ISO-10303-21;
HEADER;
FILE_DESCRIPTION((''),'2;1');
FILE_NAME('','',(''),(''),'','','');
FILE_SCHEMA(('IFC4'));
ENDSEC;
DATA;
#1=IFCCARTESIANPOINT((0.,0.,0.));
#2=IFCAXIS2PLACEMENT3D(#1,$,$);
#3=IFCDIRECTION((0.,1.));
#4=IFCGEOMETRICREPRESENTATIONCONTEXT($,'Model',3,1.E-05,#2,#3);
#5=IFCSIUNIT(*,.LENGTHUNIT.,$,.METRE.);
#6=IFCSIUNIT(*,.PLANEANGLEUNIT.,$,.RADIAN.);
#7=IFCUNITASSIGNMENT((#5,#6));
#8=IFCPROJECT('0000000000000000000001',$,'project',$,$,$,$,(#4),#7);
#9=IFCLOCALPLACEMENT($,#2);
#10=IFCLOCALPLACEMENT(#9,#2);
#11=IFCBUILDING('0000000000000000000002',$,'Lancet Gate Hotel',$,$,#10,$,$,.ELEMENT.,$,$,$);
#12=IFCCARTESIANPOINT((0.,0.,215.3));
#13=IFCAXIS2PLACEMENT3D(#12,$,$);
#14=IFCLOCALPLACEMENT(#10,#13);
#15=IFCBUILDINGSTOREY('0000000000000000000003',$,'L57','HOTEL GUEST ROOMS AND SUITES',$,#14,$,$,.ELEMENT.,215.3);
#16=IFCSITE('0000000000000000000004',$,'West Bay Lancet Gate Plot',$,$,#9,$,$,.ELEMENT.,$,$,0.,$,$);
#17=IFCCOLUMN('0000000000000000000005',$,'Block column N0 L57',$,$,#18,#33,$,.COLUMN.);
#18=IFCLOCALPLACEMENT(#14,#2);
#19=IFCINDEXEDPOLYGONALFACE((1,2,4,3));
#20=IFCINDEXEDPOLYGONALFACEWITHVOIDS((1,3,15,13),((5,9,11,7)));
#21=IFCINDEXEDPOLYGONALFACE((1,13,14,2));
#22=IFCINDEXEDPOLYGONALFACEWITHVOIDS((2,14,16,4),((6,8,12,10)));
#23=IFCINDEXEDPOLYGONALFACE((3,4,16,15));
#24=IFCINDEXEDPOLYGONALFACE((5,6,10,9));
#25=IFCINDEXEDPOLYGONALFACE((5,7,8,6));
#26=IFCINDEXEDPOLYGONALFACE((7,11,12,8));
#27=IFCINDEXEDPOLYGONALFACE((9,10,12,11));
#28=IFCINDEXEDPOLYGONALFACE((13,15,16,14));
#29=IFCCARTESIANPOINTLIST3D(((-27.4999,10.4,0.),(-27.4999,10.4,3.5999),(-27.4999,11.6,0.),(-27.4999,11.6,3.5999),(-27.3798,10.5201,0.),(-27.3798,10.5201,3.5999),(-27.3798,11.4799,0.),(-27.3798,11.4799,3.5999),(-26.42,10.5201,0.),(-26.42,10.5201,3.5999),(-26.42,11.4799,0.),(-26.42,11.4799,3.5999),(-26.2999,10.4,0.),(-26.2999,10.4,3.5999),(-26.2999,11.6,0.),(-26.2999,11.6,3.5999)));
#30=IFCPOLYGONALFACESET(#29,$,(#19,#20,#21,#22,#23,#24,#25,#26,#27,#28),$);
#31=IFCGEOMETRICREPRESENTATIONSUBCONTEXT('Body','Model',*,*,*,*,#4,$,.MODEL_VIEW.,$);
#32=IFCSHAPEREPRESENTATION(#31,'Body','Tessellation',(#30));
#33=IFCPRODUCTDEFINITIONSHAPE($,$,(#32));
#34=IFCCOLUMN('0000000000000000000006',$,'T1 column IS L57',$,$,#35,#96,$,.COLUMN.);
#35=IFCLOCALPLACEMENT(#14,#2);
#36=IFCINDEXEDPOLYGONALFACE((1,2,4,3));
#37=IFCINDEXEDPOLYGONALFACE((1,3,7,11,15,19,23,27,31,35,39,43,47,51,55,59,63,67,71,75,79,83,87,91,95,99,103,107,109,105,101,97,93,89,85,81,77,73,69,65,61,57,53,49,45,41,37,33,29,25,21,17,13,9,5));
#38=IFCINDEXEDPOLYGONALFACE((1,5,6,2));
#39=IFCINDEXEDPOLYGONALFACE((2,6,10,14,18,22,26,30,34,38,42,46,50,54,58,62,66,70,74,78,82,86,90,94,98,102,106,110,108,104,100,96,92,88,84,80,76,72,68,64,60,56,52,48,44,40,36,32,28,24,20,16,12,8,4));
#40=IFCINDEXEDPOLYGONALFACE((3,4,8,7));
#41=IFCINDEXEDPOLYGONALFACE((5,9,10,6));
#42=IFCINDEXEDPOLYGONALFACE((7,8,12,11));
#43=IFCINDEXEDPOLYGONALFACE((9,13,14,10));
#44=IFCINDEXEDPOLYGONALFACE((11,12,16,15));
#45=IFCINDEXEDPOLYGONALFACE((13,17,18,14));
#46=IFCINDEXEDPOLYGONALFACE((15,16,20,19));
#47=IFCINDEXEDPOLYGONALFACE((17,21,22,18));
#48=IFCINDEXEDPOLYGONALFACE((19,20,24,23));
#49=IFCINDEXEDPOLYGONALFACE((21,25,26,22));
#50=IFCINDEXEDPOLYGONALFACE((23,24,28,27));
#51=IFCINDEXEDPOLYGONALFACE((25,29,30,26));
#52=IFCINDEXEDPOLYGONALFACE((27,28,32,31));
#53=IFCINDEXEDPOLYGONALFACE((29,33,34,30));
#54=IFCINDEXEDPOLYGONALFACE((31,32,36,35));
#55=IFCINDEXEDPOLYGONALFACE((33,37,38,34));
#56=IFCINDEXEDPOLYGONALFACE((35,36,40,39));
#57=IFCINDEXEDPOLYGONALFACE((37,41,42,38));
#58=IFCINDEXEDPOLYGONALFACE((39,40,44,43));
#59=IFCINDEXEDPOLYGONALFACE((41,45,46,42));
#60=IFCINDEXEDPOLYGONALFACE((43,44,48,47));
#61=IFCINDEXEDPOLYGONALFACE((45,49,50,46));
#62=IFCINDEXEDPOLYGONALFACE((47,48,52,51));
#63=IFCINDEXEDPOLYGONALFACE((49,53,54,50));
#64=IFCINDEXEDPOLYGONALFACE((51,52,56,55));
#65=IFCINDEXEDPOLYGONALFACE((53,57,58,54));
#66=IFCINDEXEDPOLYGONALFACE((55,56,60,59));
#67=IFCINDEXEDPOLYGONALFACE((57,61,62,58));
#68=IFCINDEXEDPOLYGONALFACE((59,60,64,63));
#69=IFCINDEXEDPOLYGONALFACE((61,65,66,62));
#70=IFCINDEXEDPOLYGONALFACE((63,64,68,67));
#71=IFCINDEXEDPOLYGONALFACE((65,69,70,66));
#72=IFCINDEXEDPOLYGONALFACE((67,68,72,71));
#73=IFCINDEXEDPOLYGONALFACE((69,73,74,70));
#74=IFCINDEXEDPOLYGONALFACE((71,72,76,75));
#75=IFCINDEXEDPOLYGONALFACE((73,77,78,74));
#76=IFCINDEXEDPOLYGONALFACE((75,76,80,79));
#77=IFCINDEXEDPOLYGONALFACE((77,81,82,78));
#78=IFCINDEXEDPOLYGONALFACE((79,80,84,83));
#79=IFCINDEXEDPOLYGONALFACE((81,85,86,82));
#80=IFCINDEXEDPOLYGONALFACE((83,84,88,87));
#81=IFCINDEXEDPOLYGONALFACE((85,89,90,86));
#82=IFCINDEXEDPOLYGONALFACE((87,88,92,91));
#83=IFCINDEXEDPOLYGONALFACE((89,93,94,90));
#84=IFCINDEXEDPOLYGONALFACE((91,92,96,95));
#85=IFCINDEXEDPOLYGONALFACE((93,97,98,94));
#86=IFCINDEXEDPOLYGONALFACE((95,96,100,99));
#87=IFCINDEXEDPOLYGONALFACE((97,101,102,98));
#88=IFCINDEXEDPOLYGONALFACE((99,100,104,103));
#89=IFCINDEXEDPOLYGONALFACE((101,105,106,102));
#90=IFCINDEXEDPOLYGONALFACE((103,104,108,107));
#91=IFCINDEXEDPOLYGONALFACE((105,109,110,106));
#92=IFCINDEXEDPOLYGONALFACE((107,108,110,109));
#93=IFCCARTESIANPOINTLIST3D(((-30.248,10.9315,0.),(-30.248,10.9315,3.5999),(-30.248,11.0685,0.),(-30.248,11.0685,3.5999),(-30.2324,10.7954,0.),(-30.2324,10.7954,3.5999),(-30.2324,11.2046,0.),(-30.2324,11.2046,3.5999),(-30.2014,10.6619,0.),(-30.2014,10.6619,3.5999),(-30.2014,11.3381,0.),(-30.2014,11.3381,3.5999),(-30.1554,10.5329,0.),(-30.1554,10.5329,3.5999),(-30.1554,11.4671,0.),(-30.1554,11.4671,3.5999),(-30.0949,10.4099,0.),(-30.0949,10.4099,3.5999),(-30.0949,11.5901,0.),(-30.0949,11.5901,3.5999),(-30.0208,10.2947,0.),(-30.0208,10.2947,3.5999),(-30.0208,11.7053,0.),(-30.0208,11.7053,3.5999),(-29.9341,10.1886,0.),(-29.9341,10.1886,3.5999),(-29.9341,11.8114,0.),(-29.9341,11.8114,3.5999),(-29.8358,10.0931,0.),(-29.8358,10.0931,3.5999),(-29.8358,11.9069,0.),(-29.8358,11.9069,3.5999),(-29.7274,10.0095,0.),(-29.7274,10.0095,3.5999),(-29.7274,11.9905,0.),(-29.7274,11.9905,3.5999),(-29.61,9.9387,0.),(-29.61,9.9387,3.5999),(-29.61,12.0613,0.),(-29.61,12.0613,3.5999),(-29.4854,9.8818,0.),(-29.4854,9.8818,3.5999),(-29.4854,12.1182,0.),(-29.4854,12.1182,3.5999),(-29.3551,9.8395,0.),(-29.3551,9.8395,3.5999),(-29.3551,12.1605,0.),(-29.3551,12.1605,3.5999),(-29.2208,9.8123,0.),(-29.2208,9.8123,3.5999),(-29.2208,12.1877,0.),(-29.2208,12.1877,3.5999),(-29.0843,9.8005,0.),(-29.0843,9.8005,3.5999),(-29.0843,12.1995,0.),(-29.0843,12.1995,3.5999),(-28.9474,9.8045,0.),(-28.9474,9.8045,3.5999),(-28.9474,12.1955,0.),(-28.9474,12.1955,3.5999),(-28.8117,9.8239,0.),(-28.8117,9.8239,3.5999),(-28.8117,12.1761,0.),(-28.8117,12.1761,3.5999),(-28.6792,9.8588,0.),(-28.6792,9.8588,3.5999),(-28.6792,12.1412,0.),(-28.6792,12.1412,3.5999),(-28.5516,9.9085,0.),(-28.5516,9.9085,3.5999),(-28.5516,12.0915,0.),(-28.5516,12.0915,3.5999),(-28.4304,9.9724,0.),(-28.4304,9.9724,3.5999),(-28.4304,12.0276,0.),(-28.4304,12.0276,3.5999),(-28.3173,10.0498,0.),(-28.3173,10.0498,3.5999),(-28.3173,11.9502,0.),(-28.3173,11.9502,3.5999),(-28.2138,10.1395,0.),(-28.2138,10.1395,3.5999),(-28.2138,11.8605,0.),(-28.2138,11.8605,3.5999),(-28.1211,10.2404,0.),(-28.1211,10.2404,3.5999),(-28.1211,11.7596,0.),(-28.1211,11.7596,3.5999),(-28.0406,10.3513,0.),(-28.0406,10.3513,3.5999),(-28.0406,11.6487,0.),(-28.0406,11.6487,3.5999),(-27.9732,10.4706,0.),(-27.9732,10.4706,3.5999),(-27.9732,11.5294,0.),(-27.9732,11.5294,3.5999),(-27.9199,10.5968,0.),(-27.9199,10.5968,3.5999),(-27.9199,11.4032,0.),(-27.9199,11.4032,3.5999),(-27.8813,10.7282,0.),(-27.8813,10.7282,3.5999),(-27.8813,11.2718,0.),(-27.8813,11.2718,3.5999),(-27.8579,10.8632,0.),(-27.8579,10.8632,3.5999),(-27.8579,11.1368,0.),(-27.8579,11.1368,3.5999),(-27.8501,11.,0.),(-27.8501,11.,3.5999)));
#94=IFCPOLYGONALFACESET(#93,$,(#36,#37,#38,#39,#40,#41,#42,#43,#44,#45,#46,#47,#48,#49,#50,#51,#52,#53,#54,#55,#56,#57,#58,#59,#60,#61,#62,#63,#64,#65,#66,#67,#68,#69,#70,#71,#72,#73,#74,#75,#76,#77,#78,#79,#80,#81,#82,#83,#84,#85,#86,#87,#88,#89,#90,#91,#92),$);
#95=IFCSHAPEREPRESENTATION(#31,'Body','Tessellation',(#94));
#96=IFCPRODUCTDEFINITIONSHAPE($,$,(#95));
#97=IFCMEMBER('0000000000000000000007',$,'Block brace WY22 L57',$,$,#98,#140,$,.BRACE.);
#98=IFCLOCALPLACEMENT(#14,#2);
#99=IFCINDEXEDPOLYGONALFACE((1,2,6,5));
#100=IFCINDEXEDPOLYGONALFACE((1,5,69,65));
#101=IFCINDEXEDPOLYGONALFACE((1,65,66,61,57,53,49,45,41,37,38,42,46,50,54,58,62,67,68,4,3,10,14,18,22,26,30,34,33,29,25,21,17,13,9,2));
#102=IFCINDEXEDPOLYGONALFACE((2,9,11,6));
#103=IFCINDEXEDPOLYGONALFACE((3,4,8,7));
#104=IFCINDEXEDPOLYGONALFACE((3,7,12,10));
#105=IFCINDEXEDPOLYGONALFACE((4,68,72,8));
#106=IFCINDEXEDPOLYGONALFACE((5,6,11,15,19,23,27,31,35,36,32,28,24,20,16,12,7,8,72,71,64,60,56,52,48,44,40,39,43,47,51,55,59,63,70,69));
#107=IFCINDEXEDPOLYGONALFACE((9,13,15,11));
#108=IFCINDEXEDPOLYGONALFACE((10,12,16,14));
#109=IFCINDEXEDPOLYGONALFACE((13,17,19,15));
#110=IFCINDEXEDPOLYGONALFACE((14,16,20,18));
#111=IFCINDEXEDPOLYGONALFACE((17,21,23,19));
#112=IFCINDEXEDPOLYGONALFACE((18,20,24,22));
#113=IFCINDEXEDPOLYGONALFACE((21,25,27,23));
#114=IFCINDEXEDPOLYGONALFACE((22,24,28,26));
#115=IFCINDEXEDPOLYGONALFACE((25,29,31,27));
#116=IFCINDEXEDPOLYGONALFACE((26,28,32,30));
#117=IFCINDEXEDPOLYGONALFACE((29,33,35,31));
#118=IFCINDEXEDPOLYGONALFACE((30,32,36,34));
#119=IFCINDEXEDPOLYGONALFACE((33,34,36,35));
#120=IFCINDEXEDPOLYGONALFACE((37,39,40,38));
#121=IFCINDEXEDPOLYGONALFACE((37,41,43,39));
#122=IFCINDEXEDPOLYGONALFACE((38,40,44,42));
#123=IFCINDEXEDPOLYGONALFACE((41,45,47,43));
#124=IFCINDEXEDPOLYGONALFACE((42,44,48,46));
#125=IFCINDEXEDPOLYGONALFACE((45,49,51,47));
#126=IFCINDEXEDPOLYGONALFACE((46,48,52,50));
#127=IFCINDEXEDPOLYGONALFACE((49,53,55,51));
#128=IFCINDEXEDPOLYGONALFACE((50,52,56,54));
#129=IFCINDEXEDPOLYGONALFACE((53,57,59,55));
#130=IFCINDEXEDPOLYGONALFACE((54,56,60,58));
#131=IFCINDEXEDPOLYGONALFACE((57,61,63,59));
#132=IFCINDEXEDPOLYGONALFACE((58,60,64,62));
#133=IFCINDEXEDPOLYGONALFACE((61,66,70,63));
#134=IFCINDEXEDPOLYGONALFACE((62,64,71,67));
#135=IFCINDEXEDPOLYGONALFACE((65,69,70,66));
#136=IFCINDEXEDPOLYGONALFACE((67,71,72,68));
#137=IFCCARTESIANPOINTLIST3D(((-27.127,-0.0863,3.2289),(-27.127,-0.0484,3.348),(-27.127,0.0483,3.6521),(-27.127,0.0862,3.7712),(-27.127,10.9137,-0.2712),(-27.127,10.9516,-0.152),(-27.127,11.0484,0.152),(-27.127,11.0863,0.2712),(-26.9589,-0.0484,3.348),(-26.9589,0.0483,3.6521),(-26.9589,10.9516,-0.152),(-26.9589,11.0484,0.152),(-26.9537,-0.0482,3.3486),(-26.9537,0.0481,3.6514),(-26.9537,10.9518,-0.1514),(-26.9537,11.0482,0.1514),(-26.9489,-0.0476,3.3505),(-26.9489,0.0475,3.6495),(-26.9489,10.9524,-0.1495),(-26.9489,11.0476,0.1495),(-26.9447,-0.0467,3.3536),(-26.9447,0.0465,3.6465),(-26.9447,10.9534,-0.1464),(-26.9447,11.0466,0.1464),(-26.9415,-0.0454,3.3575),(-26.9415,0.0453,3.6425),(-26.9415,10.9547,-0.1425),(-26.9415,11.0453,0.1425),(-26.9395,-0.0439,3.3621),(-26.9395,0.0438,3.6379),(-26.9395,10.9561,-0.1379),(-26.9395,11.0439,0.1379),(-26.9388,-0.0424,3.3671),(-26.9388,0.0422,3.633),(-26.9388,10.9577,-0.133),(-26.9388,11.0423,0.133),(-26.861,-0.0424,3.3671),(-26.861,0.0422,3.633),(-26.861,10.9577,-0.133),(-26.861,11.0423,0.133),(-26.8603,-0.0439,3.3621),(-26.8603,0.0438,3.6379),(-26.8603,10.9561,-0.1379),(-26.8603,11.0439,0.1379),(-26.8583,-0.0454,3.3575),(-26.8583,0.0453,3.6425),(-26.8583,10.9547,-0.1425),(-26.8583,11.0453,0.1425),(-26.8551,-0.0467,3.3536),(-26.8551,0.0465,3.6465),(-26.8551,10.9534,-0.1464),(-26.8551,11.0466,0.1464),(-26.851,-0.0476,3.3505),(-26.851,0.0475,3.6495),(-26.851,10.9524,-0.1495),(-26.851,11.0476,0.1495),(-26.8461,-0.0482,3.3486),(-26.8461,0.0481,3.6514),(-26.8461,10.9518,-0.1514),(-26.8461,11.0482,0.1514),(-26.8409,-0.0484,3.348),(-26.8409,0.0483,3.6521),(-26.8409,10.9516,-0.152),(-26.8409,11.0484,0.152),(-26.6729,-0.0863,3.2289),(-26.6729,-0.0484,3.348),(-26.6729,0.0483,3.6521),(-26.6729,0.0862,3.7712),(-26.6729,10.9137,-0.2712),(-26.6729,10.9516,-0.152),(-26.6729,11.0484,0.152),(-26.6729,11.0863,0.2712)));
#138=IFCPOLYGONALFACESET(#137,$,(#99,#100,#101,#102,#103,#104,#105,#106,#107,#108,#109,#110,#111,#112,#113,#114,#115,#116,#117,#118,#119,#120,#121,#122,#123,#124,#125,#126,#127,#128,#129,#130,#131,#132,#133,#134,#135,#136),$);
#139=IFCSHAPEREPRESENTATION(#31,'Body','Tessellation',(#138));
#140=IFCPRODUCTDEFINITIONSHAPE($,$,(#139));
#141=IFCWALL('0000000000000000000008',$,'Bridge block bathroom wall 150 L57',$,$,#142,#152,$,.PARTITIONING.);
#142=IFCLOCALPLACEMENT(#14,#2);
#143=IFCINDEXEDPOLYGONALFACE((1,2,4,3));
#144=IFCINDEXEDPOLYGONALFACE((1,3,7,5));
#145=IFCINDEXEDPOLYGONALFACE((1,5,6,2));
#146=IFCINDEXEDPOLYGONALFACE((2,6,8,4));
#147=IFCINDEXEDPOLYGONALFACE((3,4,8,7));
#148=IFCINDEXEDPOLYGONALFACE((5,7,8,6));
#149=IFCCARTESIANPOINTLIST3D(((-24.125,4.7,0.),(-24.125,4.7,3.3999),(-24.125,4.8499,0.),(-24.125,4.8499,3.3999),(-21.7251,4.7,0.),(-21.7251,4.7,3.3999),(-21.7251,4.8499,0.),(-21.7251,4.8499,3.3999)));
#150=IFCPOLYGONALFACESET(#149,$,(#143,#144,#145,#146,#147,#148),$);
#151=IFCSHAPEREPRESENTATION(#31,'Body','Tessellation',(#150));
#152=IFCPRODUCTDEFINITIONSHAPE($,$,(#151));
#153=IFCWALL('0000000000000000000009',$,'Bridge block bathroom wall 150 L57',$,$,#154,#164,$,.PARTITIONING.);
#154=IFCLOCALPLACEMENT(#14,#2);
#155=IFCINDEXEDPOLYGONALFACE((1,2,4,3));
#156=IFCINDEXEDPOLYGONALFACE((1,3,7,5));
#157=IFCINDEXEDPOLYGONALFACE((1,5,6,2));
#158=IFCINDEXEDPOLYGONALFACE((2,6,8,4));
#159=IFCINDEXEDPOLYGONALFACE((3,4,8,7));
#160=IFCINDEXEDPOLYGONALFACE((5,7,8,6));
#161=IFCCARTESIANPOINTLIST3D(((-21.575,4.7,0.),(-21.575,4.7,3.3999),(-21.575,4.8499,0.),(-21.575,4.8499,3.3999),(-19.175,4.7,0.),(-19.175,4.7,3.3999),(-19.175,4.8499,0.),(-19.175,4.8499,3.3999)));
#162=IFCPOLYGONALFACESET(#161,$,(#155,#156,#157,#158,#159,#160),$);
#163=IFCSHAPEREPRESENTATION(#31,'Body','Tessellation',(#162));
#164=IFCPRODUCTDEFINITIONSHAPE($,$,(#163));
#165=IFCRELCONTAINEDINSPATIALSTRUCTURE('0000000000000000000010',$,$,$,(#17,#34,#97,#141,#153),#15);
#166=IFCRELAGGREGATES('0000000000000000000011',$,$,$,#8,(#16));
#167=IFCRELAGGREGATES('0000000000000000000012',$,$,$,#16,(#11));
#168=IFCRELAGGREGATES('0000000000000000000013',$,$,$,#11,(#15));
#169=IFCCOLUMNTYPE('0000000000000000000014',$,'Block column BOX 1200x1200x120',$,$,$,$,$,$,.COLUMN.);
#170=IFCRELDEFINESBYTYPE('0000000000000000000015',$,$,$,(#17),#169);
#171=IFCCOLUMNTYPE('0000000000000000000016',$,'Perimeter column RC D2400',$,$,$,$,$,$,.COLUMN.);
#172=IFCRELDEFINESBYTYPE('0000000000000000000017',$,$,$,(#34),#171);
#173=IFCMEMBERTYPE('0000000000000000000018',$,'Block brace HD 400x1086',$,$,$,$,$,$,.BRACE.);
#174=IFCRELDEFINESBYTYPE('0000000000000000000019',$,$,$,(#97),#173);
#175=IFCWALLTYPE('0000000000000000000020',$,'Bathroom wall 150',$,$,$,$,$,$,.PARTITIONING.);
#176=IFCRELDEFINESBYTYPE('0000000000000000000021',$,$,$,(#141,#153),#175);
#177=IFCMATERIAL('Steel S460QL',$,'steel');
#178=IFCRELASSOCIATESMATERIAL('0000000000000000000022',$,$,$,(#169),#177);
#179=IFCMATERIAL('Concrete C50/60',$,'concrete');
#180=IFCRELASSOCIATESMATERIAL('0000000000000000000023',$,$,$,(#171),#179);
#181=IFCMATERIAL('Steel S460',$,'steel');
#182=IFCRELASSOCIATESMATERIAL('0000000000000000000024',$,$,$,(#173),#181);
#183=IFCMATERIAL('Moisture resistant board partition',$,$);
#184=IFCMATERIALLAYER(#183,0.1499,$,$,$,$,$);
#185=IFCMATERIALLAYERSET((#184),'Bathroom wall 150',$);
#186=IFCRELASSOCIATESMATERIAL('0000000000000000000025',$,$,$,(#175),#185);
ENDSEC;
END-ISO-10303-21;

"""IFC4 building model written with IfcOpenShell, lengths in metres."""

from ifc_helpers import new_model, si_unit, direction, frame, frame_2d, origin, origin_2d, place, context, subcontext, project, spatial, rectangle, hollow_rectangle, circle, i_section, extrude, material, layer, layer_set, material_profile, profile_set, type_object, element, save


model = new_model("IFC4")

# Units and contexts
model_context = context("Model", 3, precision=1e-05, world=origin(), true_north=direction((0.0, 1.0)))
body_context = subcontext(model_context, "Body", "Model", "MODEL_VIEW")
ifc_project = project(units=[si_unit("LENGTHUNIT", "METRE"), si_unit("PLANEANGLEUNIT", "RADIAN")], contexts=[model_context])

# Site, building, storey
site_placement = place(None, origin())
site = spatial("IfcSite", under=ifc_project, at=site_placement, Name="West Bay Lancet Gate Plot", CompositionType="ELEMENT", RefElevation=0.0)
building_placement = place(site_placement, origin())
building = spatial("IfcBuilding", under=site, at=building_placement, Name="Lancet Gate Hotel", CompositionType="ELEMENT")
storey_placement = place(building_placement, frame((0.0, 0.0, 215.3)))
storey = spatial("IfcBuildingStorey", under=building, at=storey_placement, Name="L57", Description="HOTEL GUEST ROOMS AND SUITES", CompositionType="ELEMENT", Elevation=215.3)

# Columns
ifc_material_1 = material(Name="Steel S460QL", Category="steel")
ifc_material_profile_1 = material_profile(ifc_material_1, hollow_rectangle(XDim=1.2, YDim=1.2, WallThickness=0.1201, at=origin_2d()), Name="BOX 1200x1200x120")
ifc_profile_set_1 = profile_set([ifc_material_profile_1], Name="Steel S460QL")
column_type_1 = type_object("IfcColumnType", Name="Block column BOX 1200x1200x120", PredefinedType="COLUMN", material=ifc_profile_set_1)
column_1_placement = place(storey_placement, frame((-26.8999, 11.0, 0.0), z_axis=(0.0, 0.0, 1.0), x_axis=(1.0, 0.0, 0.0)))
element("IfcColumn", 1, at=column_1_placement, inside=storey, type_object=column_type_1, Name="Block column N0 L57", PredefinedType="COLUMN", context=body_context, shape_type="SweptSolid", body=[
    extrude(hollow_rectangle(XDim=1.2, YDim=1.2, WallThickness=0.1201, at=origin_2d()), origin(), (0.0, 0.0, 1.0), 3.5999),
])
ifc_material_2 = material(Name="Concrete C50/60", Category="concrete")
ifc_material_profile_2 = material_profile(ifc_material_2, circle(Radius=1.2, at=origin_2d()), Name="RC D2400")
ifc_profile_set_2 = profile_set([ifc_material_profile_2], Name="Concrete C50/60")
column_type_2 = type_object("IfcColumnType", Name="Perimeter column RC D2400", PredefinedType="COLUMN", material=ifc_profile_set_2)
column_2_placement = place(storey_placement, frame((-29.05, 11.0, 0.0), z_axis=(0.0, 0.0, 1.0), x_axis=(1.0, 0.0, 0.0)))
element("IfcColumn", 2, at=column_2_placement, inside=storey, type_object=column_type_2, Name="T1 column IS L57", PredefinedType="COLUMN", context=body_context, shape_type="SweptSolid", body=[
    extrude(circle(Radius=1.2, at=origin_2d()), origin(), (0.0, 0.0, 1.0), 3.5999),
])

# Member
ifc_material_3 = material(Name="Steel S460", Category="steel")
ifc_material_profile_3 = material_profile(ifc_material_3, i_section(OverallWidth=0.4541, OverallDepth=0.5691, WebThickness=0.0779, FlangeThickness=0.125, FilletRadius=0.02, at=origin_2d()), Name="HD 400x1086")
ifc_profile_set_3 = profile_set([ifc_material_profile_3], Name="Steel S460")
member_type = type_object("IfcMemberType", Name="Block brace HD 400x1086", PredefinedType="BRACE", material=ifc_profile_set_3)
member_placement = place(storey_placement, frame((-26.8999, 11.0, 0.0), z_axis=(0.0, -0.952926, 0.303204), x_axis=(1.0, 0.0, 0.0)))
element("IfcMember", 3, at=member_placement, inside=storey, type_object=member_type, Name="Block brace WY22 L57", PredefinedType="BRACE", context=body_context, shape_type="SweptSolid", body=[
    extrude(i_section(OverallWidth=0.4541, OverallDepth=0.5691, WebThickness=0.0779, FlangeThickness=0.125, FilletRadius=0.02, at=origin_2d()), origin(), (0.0, 0.0, 1.0), 11.5435),
])

# Walls
ifc_material_4 = material(Name="Moisture resistant board partition")
ifc_layer_1 = layer(ifc_material_4, 0.1499)
ifc_layer_set_1 = layer_set([ifc_layer_1], Name="Bathroom wall 150")
wall_type_1 = type_object("IfcWallType", Name="Bathroom wall 150", PredefinedType="PARTITIONING", material=ifc_layer_set_1)
for number, where, z_axis, x_axis, name in (
    (4, (-24.125, 4.7749, 0.0), (0.0, 0.0, 1.0), (1.0, 0.0, 0.0), "Bridge block bathroom wall 150 L57"),
    (5, (-21.575, 4.7749, 0.0), (0.0, 0.0, 1.0), (1.0, 0.0, 0.0), "Bridge block bathroom wall 150 L57"),
):
    element("IfcWall", number, at=place(storey_placement, frame(where, z_axis=z_axis, x_axis=x_axis)), inside=storey, type_object=wall_type_1, Name=name, PredefinedType="PARTITIONING", context=body_context, shape_type="SweptSolid", body=[
        extrude(rectangle(XDim=2.3999, YDim=0.1499, at=frame_2d((1.2, 0.0))), origin(), (0.0, 0.0, 1.0), 3.3999),
    ])

save(model, "model.ifc")
